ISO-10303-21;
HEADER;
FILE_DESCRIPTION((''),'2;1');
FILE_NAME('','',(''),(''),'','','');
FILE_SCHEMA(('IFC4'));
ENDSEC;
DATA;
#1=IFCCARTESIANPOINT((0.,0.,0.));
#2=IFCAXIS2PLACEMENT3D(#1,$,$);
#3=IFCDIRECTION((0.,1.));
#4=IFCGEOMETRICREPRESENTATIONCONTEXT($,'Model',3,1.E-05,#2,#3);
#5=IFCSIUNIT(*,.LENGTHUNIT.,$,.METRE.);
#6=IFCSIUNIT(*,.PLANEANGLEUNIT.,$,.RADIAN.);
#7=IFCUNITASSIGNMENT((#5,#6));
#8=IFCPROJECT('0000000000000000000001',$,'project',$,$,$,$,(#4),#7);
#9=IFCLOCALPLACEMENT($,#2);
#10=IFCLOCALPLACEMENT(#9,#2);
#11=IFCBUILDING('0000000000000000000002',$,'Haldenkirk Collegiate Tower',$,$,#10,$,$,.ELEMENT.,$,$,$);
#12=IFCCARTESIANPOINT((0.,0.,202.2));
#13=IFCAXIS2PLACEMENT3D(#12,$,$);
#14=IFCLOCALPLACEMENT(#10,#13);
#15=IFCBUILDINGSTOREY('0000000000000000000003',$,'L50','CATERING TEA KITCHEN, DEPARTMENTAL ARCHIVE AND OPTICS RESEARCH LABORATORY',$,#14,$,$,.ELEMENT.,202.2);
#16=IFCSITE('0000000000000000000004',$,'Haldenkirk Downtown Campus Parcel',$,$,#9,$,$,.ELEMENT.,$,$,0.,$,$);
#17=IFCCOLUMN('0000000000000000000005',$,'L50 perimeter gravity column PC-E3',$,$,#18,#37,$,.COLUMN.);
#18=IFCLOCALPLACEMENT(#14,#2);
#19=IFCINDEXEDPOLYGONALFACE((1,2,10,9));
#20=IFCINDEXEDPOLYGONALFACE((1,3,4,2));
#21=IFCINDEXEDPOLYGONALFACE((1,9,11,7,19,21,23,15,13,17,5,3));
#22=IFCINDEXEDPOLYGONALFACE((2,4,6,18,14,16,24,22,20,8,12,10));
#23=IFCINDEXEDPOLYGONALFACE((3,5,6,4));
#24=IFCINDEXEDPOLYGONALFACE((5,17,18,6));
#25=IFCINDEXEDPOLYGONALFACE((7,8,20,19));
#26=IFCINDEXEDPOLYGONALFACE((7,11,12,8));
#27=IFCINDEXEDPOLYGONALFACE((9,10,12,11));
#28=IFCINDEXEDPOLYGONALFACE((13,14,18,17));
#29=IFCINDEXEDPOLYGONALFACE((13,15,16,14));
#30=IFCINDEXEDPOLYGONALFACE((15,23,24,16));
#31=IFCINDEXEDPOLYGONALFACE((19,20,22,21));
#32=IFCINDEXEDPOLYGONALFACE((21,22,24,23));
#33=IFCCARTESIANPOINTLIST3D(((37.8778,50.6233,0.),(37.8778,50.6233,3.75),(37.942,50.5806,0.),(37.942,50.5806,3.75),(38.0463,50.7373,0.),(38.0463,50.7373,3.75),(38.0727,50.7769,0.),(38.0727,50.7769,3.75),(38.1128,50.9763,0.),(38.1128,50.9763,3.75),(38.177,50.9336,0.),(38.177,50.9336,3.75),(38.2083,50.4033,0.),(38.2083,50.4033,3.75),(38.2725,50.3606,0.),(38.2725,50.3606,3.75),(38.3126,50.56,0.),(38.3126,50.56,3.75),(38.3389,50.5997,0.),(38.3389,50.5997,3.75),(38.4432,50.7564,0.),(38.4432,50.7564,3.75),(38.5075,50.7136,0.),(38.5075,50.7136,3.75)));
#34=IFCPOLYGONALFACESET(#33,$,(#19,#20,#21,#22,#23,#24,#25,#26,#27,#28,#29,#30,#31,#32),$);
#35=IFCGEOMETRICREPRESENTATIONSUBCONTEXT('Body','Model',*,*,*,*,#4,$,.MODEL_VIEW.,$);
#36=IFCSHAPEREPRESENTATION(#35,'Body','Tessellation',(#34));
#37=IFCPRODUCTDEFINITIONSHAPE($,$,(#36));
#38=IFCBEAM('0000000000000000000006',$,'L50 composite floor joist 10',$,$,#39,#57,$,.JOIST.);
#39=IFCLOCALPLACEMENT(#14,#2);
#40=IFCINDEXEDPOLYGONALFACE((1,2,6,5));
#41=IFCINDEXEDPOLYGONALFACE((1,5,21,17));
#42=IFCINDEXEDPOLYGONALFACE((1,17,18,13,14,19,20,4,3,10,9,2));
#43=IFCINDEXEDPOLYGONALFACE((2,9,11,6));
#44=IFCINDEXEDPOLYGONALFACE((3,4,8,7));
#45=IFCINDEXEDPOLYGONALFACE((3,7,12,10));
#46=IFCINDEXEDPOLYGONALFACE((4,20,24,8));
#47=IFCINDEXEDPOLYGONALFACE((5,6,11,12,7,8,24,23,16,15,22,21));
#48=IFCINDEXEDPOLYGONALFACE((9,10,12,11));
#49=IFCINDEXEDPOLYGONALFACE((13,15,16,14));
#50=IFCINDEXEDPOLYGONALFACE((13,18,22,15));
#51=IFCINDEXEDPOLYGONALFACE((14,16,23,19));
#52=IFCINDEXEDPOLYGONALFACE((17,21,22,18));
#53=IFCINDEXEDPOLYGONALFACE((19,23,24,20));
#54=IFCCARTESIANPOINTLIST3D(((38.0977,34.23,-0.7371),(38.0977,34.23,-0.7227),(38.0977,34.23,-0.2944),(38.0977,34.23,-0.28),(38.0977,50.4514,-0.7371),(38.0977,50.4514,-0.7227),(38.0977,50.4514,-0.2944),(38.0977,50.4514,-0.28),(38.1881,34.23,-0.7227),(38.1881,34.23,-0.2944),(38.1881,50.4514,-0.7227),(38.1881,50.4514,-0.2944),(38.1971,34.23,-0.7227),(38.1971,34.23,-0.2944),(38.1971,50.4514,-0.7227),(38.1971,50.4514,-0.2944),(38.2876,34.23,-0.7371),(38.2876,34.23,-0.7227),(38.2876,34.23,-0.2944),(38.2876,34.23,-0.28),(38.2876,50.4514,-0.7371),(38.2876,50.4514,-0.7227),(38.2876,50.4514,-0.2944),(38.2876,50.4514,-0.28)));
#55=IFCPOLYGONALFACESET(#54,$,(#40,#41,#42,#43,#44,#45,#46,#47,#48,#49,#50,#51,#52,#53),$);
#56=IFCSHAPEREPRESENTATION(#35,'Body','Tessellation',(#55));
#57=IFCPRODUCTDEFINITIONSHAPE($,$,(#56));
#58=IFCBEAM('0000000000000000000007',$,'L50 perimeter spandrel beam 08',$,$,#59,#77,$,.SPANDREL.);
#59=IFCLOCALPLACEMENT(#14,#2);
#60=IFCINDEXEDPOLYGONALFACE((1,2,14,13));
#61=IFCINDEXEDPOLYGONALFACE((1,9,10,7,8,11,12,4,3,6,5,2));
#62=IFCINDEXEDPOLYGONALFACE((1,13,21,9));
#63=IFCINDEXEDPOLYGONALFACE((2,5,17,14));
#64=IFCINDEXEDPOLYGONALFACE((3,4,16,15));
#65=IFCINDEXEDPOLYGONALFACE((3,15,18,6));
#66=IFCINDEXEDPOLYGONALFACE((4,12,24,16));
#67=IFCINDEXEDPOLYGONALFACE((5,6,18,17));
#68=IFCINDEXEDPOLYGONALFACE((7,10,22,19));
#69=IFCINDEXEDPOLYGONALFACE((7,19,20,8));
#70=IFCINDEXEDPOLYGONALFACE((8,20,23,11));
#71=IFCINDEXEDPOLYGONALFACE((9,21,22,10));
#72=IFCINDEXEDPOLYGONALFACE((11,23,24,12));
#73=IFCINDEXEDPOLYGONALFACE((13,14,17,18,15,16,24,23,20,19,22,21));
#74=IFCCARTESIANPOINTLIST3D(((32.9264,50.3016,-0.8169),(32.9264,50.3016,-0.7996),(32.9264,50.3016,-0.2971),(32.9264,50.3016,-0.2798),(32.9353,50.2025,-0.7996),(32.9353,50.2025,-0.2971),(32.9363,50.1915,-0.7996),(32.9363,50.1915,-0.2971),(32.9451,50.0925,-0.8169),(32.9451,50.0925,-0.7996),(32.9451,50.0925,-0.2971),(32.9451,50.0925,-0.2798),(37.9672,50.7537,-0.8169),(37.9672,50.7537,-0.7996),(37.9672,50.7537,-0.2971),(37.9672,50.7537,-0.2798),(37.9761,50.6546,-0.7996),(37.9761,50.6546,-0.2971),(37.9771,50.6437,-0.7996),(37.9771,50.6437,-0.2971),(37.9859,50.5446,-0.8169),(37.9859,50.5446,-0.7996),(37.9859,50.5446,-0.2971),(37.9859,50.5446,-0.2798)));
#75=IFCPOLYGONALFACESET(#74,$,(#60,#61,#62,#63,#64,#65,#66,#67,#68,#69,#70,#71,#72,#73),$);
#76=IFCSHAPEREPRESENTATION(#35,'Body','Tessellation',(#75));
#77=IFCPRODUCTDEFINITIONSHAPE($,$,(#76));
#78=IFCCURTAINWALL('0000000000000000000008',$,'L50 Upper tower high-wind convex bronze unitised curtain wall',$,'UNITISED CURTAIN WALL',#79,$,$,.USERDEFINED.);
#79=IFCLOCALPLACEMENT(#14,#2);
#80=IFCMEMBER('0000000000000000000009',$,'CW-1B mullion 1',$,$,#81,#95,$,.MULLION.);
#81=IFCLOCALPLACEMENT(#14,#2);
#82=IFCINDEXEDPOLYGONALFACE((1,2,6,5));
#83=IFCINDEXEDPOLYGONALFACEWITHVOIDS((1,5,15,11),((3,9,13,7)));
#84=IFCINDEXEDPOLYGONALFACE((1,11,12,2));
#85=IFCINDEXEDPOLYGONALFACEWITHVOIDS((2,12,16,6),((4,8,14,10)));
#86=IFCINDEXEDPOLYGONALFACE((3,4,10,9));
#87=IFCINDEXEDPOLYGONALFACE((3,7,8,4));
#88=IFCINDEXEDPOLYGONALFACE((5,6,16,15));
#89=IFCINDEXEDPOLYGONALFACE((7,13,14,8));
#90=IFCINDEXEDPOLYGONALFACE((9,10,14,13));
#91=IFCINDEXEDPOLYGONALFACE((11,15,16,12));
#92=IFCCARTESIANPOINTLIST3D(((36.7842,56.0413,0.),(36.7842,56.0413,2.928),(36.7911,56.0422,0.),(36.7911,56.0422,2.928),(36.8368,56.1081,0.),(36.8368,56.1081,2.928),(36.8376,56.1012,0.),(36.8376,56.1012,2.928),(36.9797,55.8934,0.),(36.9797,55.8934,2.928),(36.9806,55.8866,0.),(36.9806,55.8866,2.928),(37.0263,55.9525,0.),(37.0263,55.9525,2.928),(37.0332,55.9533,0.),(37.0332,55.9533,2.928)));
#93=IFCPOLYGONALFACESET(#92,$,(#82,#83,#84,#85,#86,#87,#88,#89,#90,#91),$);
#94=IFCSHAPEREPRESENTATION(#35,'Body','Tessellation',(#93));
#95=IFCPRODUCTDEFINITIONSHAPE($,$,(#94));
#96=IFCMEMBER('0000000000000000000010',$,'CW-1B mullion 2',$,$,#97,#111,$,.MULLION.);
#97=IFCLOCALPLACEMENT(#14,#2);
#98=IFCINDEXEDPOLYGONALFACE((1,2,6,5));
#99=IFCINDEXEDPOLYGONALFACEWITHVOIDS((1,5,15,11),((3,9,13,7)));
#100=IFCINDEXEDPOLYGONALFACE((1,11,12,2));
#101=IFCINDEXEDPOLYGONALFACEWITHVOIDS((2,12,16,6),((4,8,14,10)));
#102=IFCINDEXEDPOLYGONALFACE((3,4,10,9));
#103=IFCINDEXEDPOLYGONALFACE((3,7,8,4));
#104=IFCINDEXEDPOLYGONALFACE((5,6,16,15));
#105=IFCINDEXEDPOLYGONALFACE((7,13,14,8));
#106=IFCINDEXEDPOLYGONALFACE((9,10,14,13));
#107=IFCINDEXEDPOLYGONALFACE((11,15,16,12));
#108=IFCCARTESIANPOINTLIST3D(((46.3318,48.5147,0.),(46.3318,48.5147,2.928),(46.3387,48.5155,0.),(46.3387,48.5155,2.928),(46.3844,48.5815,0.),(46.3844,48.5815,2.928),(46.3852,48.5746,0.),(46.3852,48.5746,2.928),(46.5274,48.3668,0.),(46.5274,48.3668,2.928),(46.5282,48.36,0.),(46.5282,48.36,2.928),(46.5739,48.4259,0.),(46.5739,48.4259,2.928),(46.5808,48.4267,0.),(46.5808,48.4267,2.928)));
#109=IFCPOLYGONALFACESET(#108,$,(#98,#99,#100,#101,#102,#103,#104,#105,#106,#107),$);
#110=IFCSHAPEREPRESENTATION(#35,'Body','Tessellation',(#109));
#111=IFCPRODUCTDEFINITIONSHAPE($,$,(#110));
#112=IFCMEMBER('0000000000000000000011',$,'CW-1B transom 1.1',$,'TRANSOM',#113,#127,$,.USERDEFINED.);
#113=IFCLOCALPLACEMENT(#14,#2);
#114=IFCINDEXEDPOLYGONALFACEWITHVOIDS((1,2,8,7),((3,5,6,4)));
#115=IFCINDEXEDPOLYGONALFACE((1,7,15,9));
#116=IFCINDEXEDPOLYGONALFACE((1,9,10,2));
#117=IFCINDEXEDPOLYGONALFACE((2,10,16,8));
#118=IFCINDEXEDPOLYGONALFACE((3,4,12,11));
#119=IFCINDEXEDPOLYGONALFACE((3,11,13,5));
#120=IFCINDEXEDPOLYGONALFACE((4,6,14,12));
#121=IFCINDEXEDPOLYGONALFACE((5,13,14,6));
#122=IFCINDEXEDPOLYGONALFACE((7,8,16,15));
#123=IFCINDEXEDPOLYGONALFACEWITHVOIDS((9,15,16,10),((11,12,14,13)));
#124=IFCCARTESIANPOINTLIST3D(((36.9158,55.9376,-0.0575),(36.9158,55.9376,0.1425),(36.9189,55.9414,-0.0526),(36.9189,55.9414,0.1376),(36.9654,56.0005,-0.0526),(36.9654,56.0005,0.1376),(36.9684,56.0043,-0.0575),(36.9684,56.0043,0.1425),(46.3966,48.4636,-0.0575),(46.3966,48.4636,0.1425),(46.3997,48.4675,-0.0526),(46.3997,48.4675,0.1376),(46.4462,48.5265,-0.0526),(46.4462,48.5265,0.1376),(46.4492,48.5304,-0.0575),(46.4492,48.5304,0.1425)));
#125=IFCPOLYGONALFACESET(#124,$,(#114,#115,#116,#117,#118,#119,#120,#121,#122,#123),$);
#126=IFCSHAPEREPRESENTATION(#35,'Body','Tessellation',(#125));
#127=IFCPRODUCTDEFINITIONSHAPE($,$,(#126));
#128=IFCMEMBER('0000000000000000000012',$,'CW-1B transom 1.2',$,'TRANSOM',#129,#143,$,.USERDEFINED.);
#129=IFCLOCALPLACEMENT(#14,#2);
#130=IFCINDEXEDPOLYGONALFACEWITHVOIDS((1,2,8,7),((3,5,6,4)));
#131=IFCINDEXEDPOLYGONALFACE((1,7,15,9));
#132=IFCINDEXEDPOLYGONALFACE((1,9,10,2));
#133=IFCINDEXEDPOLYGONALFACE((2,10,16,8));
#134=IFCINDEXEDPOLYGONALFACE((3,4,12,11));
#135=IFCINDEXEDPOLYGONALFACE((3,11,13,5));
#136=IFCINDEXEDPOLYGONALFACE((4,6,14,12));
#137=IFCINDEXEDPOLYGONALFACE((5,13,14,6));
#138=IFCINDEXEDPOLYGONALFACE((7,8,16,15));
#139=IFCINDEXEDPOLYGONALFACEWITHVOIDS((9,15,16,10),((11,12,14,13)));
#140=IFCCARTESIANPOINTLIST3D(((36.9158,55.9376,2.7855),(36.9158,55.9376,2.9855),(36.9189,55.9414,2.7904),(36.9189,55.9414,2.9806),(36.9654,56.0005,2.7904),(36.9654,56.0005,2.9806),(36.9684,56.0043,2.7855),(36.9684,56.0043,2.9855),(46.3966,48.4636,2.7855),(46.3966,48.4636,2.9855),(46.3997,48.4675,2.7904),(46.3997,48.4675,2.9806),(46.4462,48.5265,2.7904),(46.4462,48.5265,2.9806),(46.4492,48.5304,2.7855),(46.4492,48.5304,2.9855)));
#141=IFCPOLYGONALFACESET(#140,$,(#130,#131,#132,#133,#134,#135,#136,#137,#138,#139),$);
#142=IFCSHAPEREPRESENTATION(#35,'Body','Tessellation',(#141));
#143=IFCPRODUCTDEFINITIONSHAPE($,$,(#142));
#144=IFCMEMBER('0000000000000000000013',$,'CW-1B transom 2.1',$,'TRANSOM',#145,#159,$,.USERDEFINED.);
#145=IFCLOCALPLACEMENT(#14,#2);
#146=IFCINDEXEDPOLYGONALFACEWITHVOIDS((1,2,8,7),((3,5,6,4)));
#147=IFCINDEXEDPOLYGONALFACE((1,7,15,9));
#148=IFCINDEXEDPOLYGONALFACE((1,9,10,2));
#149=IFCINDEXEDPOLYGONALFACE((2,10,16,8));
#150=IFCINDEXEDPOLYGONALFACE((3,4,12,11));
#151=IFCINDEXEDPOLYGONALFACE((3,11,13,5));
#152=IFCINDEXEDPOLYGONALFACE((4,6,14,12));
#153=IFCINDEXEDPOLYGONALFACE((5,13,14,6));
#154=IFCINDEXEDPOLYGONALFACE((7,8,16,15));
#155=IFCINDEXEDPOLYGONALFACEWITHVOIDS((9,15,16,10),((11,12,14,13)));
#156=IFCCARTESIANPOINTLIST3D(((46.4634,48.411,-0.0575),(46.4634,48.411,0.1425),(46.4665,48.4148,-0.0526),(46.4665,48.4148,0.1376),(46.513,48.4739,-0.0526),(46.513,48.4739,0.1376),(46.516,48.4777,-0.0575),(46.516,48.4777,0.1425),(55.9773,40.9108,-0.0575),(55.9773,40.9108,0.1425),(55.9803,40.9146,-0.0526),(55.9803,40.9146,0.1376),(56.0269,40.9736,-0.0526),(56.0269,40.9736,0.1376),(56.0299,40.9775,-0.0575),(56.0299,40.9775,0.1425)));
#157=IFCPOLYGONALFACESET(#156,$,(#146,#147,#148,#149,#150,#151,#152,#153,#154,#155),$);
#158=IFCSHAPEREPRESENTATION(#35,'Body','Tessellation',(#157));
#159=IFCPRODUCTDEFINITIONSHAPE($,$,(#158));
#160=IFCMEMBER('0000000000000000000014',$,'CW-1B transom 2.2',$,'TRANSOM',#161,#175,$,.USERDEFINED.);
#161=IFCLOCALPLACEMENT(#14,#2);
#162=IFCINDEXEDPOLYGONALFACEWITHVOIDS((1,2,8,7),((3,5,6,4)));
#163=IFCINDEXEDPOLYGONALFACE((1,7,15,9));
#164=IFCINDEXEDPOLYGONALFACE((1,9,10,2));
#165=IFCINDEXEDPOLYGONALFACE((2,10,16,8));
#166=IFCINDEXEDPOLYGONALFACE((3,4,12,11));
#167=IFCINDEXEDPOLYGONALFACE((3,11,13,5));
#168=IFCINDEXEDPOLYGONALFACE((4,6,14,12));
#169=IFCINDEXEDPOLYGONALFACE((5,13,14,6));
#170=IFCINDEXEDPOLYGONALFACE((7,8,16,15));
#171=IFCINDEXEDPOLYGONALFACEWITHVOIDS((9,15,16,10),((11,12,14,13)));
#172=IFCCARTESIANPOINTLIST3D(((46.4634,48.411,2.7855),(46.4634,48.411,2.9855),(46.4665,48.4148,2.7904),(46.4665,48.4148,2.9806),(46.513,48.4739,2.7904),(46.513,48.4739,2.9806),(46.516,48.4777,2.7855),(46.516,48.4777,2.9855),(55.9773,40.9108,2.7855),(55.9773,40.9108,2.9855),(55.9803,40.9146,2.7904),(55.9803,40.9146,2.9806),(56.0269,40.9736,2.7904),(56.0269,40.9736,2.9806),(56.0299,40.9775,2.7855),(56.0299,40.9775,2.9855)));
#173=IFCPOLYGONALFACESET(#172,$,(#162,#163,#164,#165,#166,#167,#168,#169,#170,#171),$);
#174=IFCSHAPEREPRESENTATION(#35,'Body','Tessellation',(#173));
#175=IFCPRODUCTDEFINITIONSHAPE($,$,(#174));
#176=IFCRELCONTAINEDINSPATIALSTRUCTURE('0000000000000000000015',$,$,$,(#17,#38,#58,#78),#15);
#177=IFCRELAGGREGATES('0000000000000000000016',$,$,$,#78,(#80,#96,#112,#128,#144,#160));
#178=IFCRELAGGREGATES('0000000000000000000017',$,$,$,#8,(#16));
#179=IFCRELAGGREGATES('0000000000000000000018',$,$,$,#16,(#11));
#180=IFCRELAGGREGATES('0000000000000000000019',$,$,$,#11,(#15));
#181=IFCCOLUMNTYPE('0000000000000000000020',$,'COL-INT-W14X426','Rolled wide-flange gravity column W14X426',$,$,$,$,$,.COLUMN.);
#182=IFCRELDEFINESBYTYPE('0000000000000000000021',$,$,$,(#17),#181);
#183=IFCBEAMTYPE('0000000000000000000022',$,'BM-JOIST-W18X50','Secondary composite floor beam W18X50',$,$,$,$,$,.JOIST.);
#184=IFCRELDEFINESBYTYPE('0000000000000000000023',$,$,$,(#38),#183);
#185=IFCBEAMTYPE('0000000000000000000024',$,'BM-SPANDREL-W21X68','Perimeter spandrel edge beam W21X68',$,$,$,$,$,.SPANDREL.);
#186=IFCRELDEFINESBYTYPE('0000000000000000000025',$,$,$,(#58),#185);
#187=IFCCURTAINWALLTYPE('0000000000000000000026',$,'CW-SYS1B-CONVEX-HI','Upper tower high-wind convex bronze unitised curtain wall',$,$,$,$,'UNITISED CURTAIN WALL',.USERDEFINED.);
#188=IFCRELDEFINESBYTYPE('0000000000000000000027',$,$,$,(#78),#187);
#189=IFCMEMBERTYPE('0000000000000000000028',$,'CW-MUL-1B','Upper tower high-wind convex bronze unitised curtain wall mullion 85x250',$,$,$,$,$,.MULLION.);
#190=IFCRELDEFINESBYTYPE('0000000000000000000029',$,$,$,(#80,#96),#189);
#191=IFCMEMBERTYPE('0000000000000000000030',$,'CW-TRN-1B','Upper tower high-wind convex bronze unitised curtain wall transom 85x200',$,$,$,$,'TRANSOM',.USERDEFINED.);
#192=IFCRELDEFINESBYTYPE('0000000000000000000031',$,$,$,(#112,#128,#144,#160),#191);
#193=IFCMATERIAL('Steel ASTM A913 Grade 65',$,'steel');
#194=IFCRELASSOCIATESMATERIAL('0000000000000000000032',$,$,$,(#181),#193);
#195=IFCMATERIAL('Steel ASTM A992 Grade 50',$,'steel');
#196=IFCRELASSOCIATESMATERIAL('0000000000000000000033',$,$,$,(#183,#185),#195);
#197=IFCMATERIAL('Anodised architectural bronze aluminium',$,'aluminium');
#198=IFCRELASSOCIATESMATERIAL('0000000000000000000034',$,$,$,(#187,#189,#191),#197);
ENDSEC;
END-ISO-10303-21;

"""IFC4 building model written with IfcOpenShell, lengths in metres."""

from ifc_helpers import new_model, si_unit, direction, frame, origin, origin_2d, place, context, subcontext, project, spatial, hollow_rectangle, i_section, extrude, material, material_profile, profile_set, type_object, element, aggregate, save


model = new_model("IFC4")

# Units and contexts
model_context = context("Model", 3, precision=1e-05, world=origin(), true_north=direction((0.0, 1.0)))
body_context = subcontext(model_context, "Body", "Model", "MODEL_VIEW")
ifc_project = project(units=[si_unit("LENGTHUNIT", "METRE"), si_unit("PLANEANGLEUNIT", "RADIAN")], contexts=[model_context])

# Site, building, storey
site_placement = place(None, origin())
site = spatial("IfcSite", under=ifc_project, at=site_placement, Name="Haldenkirk Downtown Campus Parcel", CompositionType="ELEMENT", RefElevation=0.0)
building_placement = place(site_placement, origin())
building = spatial("IfcBuilding", under=site, at=building_placement, Name="Haldenkirk Collegiate Tower", CompositionType="ELEMENT")
storey_placement = place(building_placement, frame((0.0, 0.0, 202.2)))
storey = spatial("IfcBuildingStorey", under=building, at=storey_placement, Name="L50", Description="CATERING TEA KITCHEN, DEPARTMENTAL ARCHIVE AND OPTICS RESEARCH LABORATORY", CompositionType="ELEMENT", Elevation=202.2)

# Column
ifc_material_1 = material(Name="Steel ASTM A913 Grade 65", Category="steel")
ifc_material_profile_1 = material_profile(ifc_material_1, i_section(OverallWidth=0.4241, OverallDepth=0.4741, WebThickness=0.0476, FlangeThickness=0.0771, at=origin_2d()), Name="W14X426")
ifc_profile_set_1 = profile_set([ifc_material_profile_1], Name="Steel ASTM A913 Grade 65")
column_type = type_object("IfcColumnType", Name="COL-INT-W14X426", Description="Rolled wide-flange gravity column W14X426", PredefinedType="COLUMN", material=ifc_profile_set_1)
column_placement = place(storey_placement, frame((38.1926, 50.6685, 0.0), z_axis=(0.0, 0.0, 1.0), x_axis=(0.554118, 0.832438, 0.0)))
element("IfcColumn", 1, at=column_placement, inside=storey, type_object=column_type, Name="L50 perimeter gravity column PC-E3", PredefinedType="COLUMN", context=body_context, shape_type="SweptSolid", body=[
    extrude(i_section(OverallWidth=0.4241, OverallDepth=0.4741, WebThickness=0.0476, FlangeThickness=0.0771, at=origin_2d()), origin(), (0.0, 0.0, 1.0), 3.75),
])

# Beams
ifc_material_2 = material(Name="Steel ASTM A992 Grade 50", Category="steel")
ifc_material_profile_2 = material_profile(ifc_material_2, i_section(OverallWidth=0.1899, OverallDepth=0.457, WebThickness=0.009, FlangeThickness=0.0144, at=origin_2d()), Name="W18X50")
ifc_profile_set_2 = profile_set([ifc_material_profile_2], Name="Steel ASTM A992 Grade 50")
beam_type_1 = type_object("IfcBeamType", Name="BM-JOIST-W18X50", Description="Secondary composite floor beam W18X50", PredefinedType="JOIST", material=ifc_profile_set_2)
beam_1_placement = place(storey_placement, frame((38.1926, 50.4514, -0.5085), z_axis=(0.0, -1.0, 0.0), x_axis=(1.0, 0.0, 0.0)))
element("IfcBeam", 2, at=beam_1_placement, inside=storey, type_object=beam_type_1, Name="L50 composite floor joist 10", PredefinedType="JOIST", context=body_context, shape_type="SweptSolid", body=[
    extrude(i_section(OverallWidth=0.1899, OverallDepth=0.457, WebThickness=0.009, FlangeThickness=0.0144, at=origin_2d()), origin(), (0.0, 0.0, 1.0), 16.2214),
])
ifc_material_profile_3 = material_profile(ifc_material_2, i_section(OverallWidth=0.21, OverallDepth=0.5371, WebThickness=0.011, FlangeThickness=0.0173, at=origin_2d()), Name="W21X68")
ifc_profile_set_3 = profile_set([ifc_material_profile_3], Name="Steel ASTM A992 Grade 50")
beam_type_2 = type_object("IfcBeamType", Name="BM-SPANDREL-W21X68", Description="Perimeter spandrel edge beam W21X68", PredefinedType="SPANDREL", material=ifc_profile_set_3)
beam_2_placement = place(storey_placement, frame((37.9766, 50.6492, -0.5483), z_axis=(-0.996001, -0.08934, 0.0), x_axis=(0.08934, -0.996001, 0.0)))
element("IfcBeam", 3, at=beam_2_placement, inside=storey, type_object=beam_type_2, Name="L50 perimeter spandrel beam 08", PredefinedType="SPANDREL", context=body_context, shape_type="SweptSolid", body=[
    extrude(i_section(OverallWidth=0.21, OverallDepth=0.5371, WebThickness=0.011, FlangeThickness=0.0173, at=origin_2d()), origin(), (0.0, 0.0, 1.0), 5.061),
])

# Curtain wall, members
ifc_material_3 = material(Name="Anodised architectural bronze aluminium", Category="aluminium")
curtain_wall_type = type_object("IfcCurtainWallType", Name="CW-SYS1B-CONVEX-HI", Description="Upper tower high-wind convex bronze unitised curtain wall", ElementType="UNITISED CURTAIN WALL", PredefinedType="USERDEFINED", material=ifc_material_3)
curtain_wall_placement = place(storey_placement, origin())
curtain_wall = element("IfcCurtainWall", 4, at=curtain_wall_placement, inside=storey, type_object=curtain_wall_type, Name="L50 Upper tower high-wind convex bronze unitised curtain wall", ObjectType="UNITISED CURTAIN WALL", PredefinedType="USERDEFINED")
ifc_material_profile_4 = material_profile(ifc_material_3, hollow_rectangle(XDim=0.085, YDim=0.25, WallThickness=0.0049, at=origin_2d()), Name="CW-MUL-1B")
ifc_profile_set_4 = profile_set([ifc_material_profile_4], Name="Anodised architectural bronze aluminium")
member_type_1 = type_object("IfcMemberType", Name="CW-MUL-1B", Description="Upper tower high-wind convex bronze unitised curtain wall mullion 85x250", PredefinedType="MULLION", material=ifc_profile_set_4)
member_1_placement = place(storey_placement, frame((36.9087, 55.9973, 0.0), z_axis=(0.0, 0.0, 1.0), x_axis=(0.619093, 0.785317, 0.0)))
member_1 = element("IfcMember", 5, at=member_1_placement, type_object=member_type_1, Name="CW-1B mullion 1", PredefinedType="MULLION", context=body_context, shape_type="SweptSolid", body=[
    extrude(hollow_rectangle(XDim=0.085, YDim=0.25, WallThickness=0.0049, at=origin_2d()), origin(), (0.0, 0.0, 1.0), 2.928),
])
member_2_placement = place(storey_placement, frame((46.4563, 48.4707, 0.0), z_axis=(0.0, 0.0, 1.0), x_axis=(0.619093, 0.785317, 0.0)))
member_2 = element("IfcMember", 6, at=member_2_placement, type_object=member_type_1, Name="CW-1B mullion 2", PredefinedType="MULLION", context=body_context, shape_type="SweptSolid", body=[
    extrude(hollow_rectangle(XDim=0.085, YDim=0.25, WallThickness=0.0049, at=origin_2d()), origin(), (0.0, 0.0, 1.0), 2.928),
])
ifc_material_profile_5 = material_profile(ifc_material_3, hollow_rectangle(XDim=0.085, YDim=0.2, WallThickness=0.0049, at=origin_2d()), Name="CW-TRN-1B")
ifc_profile_set_5 = profile_set([ifc_material_profile_5], Name="Anodised architectural bronze aluminium")
member_type_2 = type_object("IfcMemberType", Name="CW-TRN-1B", Description="Upper tower high-wind convex bronze unitised curtain wall transom 85x200", ElementType="TRANSOM", PredefinedType="USERDEFINED", material=ifc_profile_set_5)
member_3_placement = place(storey_placement, frame((36.9421, 55.9709, 0.0425), z_axis=(0.785322, -0.619088, 0.0), x_axis=(0.619088, 0.785322, 0.0)))
member_3 = element("IfcMember", 7, at=member_3_placement, type_object=member_type_2, Name="CW-1B transom 1.1", ObjectType="TRANSOM", PredefinedType="USERDEFINED", context=body_context, shape_type="SweptSolid", body=[
    extrude(hollow_rectangle(XDim=0.085, YDim=0.2, WallThickness=0.0049, at=origin_2d()), origin(), (0.0, 0.0, 1.0), 12.0725),
])
member_4_placement = place(storey_placement, frame((36.9421, 55.9709, 2.8855), z_axis=(0.785322, -0.619088, 0.0), x_axis=(0.619088, 0.785322, 0.0)))
member_4 = element("IfcMember", 8, at=member_4_placement, type_object=member_type_2, Name="CW-1B transom 1.2", ObjectType="TRANSOM", PredefinedType="USERDEFINED", context=body_context, shape_type="SweptSolid", body=[
    extrude(hollow_rectangle(XDim=0.085, YDim=0.2, WallThickness=0.0049, at=origin_2d()), origin(), (0.0, 0.0, 1.0), 12.0725),
])
member_5_placement = place(storey_placement, frame((46.4897, 48.4443, 0.0425), z_axis=(0.785314, -0.619098, 0.0), x_axis=(0.619098, 0.785314, 0.0)))
member_5 = element("IfcMember", 9, at=member_5_placement, type_object=member_type_2, Name="CW-1B transom 2.1", ObjectType="TRANSOM", PredefinedType="USERDEFINED", context=body_context, shape_type="SweptSolid", body=[
    extrude(hollow_rectangle(XDim=0.085, YDim=0.2, WallThickness=0.0049, at=origin_2d()), origin(), (0.0, 0.0, 1.0), 12.1147),
])
member_6_placement = place(storey_placement, frame((46.4897, 48.4443, 2.8855), z_axis=(0.785314, -0.619098, 0.0), x_axis=(0.619098, 0.785314, 0.0)))
member_6 = element("IfcMember", 10, at=member_6_placement, type_object=member_type_2, Name="CW-1B transom 2.2", ObjectType="TRANSOM", PredefinedType="USERDEFINED", context=body_context, shape_type="SweptSolid", body=[
    extrude(hollow_rectangle(XDim=0.085, YDim=0.2, WallThickness=0.0049, at=origin_2d()), origin(), (0.0, 0.0, 1.0), 12.1147),
])
aggregate(curtain_wall, [member_1, member_2, member_3, member_4, member_5, member_6])

save(model, "model.ifc")
